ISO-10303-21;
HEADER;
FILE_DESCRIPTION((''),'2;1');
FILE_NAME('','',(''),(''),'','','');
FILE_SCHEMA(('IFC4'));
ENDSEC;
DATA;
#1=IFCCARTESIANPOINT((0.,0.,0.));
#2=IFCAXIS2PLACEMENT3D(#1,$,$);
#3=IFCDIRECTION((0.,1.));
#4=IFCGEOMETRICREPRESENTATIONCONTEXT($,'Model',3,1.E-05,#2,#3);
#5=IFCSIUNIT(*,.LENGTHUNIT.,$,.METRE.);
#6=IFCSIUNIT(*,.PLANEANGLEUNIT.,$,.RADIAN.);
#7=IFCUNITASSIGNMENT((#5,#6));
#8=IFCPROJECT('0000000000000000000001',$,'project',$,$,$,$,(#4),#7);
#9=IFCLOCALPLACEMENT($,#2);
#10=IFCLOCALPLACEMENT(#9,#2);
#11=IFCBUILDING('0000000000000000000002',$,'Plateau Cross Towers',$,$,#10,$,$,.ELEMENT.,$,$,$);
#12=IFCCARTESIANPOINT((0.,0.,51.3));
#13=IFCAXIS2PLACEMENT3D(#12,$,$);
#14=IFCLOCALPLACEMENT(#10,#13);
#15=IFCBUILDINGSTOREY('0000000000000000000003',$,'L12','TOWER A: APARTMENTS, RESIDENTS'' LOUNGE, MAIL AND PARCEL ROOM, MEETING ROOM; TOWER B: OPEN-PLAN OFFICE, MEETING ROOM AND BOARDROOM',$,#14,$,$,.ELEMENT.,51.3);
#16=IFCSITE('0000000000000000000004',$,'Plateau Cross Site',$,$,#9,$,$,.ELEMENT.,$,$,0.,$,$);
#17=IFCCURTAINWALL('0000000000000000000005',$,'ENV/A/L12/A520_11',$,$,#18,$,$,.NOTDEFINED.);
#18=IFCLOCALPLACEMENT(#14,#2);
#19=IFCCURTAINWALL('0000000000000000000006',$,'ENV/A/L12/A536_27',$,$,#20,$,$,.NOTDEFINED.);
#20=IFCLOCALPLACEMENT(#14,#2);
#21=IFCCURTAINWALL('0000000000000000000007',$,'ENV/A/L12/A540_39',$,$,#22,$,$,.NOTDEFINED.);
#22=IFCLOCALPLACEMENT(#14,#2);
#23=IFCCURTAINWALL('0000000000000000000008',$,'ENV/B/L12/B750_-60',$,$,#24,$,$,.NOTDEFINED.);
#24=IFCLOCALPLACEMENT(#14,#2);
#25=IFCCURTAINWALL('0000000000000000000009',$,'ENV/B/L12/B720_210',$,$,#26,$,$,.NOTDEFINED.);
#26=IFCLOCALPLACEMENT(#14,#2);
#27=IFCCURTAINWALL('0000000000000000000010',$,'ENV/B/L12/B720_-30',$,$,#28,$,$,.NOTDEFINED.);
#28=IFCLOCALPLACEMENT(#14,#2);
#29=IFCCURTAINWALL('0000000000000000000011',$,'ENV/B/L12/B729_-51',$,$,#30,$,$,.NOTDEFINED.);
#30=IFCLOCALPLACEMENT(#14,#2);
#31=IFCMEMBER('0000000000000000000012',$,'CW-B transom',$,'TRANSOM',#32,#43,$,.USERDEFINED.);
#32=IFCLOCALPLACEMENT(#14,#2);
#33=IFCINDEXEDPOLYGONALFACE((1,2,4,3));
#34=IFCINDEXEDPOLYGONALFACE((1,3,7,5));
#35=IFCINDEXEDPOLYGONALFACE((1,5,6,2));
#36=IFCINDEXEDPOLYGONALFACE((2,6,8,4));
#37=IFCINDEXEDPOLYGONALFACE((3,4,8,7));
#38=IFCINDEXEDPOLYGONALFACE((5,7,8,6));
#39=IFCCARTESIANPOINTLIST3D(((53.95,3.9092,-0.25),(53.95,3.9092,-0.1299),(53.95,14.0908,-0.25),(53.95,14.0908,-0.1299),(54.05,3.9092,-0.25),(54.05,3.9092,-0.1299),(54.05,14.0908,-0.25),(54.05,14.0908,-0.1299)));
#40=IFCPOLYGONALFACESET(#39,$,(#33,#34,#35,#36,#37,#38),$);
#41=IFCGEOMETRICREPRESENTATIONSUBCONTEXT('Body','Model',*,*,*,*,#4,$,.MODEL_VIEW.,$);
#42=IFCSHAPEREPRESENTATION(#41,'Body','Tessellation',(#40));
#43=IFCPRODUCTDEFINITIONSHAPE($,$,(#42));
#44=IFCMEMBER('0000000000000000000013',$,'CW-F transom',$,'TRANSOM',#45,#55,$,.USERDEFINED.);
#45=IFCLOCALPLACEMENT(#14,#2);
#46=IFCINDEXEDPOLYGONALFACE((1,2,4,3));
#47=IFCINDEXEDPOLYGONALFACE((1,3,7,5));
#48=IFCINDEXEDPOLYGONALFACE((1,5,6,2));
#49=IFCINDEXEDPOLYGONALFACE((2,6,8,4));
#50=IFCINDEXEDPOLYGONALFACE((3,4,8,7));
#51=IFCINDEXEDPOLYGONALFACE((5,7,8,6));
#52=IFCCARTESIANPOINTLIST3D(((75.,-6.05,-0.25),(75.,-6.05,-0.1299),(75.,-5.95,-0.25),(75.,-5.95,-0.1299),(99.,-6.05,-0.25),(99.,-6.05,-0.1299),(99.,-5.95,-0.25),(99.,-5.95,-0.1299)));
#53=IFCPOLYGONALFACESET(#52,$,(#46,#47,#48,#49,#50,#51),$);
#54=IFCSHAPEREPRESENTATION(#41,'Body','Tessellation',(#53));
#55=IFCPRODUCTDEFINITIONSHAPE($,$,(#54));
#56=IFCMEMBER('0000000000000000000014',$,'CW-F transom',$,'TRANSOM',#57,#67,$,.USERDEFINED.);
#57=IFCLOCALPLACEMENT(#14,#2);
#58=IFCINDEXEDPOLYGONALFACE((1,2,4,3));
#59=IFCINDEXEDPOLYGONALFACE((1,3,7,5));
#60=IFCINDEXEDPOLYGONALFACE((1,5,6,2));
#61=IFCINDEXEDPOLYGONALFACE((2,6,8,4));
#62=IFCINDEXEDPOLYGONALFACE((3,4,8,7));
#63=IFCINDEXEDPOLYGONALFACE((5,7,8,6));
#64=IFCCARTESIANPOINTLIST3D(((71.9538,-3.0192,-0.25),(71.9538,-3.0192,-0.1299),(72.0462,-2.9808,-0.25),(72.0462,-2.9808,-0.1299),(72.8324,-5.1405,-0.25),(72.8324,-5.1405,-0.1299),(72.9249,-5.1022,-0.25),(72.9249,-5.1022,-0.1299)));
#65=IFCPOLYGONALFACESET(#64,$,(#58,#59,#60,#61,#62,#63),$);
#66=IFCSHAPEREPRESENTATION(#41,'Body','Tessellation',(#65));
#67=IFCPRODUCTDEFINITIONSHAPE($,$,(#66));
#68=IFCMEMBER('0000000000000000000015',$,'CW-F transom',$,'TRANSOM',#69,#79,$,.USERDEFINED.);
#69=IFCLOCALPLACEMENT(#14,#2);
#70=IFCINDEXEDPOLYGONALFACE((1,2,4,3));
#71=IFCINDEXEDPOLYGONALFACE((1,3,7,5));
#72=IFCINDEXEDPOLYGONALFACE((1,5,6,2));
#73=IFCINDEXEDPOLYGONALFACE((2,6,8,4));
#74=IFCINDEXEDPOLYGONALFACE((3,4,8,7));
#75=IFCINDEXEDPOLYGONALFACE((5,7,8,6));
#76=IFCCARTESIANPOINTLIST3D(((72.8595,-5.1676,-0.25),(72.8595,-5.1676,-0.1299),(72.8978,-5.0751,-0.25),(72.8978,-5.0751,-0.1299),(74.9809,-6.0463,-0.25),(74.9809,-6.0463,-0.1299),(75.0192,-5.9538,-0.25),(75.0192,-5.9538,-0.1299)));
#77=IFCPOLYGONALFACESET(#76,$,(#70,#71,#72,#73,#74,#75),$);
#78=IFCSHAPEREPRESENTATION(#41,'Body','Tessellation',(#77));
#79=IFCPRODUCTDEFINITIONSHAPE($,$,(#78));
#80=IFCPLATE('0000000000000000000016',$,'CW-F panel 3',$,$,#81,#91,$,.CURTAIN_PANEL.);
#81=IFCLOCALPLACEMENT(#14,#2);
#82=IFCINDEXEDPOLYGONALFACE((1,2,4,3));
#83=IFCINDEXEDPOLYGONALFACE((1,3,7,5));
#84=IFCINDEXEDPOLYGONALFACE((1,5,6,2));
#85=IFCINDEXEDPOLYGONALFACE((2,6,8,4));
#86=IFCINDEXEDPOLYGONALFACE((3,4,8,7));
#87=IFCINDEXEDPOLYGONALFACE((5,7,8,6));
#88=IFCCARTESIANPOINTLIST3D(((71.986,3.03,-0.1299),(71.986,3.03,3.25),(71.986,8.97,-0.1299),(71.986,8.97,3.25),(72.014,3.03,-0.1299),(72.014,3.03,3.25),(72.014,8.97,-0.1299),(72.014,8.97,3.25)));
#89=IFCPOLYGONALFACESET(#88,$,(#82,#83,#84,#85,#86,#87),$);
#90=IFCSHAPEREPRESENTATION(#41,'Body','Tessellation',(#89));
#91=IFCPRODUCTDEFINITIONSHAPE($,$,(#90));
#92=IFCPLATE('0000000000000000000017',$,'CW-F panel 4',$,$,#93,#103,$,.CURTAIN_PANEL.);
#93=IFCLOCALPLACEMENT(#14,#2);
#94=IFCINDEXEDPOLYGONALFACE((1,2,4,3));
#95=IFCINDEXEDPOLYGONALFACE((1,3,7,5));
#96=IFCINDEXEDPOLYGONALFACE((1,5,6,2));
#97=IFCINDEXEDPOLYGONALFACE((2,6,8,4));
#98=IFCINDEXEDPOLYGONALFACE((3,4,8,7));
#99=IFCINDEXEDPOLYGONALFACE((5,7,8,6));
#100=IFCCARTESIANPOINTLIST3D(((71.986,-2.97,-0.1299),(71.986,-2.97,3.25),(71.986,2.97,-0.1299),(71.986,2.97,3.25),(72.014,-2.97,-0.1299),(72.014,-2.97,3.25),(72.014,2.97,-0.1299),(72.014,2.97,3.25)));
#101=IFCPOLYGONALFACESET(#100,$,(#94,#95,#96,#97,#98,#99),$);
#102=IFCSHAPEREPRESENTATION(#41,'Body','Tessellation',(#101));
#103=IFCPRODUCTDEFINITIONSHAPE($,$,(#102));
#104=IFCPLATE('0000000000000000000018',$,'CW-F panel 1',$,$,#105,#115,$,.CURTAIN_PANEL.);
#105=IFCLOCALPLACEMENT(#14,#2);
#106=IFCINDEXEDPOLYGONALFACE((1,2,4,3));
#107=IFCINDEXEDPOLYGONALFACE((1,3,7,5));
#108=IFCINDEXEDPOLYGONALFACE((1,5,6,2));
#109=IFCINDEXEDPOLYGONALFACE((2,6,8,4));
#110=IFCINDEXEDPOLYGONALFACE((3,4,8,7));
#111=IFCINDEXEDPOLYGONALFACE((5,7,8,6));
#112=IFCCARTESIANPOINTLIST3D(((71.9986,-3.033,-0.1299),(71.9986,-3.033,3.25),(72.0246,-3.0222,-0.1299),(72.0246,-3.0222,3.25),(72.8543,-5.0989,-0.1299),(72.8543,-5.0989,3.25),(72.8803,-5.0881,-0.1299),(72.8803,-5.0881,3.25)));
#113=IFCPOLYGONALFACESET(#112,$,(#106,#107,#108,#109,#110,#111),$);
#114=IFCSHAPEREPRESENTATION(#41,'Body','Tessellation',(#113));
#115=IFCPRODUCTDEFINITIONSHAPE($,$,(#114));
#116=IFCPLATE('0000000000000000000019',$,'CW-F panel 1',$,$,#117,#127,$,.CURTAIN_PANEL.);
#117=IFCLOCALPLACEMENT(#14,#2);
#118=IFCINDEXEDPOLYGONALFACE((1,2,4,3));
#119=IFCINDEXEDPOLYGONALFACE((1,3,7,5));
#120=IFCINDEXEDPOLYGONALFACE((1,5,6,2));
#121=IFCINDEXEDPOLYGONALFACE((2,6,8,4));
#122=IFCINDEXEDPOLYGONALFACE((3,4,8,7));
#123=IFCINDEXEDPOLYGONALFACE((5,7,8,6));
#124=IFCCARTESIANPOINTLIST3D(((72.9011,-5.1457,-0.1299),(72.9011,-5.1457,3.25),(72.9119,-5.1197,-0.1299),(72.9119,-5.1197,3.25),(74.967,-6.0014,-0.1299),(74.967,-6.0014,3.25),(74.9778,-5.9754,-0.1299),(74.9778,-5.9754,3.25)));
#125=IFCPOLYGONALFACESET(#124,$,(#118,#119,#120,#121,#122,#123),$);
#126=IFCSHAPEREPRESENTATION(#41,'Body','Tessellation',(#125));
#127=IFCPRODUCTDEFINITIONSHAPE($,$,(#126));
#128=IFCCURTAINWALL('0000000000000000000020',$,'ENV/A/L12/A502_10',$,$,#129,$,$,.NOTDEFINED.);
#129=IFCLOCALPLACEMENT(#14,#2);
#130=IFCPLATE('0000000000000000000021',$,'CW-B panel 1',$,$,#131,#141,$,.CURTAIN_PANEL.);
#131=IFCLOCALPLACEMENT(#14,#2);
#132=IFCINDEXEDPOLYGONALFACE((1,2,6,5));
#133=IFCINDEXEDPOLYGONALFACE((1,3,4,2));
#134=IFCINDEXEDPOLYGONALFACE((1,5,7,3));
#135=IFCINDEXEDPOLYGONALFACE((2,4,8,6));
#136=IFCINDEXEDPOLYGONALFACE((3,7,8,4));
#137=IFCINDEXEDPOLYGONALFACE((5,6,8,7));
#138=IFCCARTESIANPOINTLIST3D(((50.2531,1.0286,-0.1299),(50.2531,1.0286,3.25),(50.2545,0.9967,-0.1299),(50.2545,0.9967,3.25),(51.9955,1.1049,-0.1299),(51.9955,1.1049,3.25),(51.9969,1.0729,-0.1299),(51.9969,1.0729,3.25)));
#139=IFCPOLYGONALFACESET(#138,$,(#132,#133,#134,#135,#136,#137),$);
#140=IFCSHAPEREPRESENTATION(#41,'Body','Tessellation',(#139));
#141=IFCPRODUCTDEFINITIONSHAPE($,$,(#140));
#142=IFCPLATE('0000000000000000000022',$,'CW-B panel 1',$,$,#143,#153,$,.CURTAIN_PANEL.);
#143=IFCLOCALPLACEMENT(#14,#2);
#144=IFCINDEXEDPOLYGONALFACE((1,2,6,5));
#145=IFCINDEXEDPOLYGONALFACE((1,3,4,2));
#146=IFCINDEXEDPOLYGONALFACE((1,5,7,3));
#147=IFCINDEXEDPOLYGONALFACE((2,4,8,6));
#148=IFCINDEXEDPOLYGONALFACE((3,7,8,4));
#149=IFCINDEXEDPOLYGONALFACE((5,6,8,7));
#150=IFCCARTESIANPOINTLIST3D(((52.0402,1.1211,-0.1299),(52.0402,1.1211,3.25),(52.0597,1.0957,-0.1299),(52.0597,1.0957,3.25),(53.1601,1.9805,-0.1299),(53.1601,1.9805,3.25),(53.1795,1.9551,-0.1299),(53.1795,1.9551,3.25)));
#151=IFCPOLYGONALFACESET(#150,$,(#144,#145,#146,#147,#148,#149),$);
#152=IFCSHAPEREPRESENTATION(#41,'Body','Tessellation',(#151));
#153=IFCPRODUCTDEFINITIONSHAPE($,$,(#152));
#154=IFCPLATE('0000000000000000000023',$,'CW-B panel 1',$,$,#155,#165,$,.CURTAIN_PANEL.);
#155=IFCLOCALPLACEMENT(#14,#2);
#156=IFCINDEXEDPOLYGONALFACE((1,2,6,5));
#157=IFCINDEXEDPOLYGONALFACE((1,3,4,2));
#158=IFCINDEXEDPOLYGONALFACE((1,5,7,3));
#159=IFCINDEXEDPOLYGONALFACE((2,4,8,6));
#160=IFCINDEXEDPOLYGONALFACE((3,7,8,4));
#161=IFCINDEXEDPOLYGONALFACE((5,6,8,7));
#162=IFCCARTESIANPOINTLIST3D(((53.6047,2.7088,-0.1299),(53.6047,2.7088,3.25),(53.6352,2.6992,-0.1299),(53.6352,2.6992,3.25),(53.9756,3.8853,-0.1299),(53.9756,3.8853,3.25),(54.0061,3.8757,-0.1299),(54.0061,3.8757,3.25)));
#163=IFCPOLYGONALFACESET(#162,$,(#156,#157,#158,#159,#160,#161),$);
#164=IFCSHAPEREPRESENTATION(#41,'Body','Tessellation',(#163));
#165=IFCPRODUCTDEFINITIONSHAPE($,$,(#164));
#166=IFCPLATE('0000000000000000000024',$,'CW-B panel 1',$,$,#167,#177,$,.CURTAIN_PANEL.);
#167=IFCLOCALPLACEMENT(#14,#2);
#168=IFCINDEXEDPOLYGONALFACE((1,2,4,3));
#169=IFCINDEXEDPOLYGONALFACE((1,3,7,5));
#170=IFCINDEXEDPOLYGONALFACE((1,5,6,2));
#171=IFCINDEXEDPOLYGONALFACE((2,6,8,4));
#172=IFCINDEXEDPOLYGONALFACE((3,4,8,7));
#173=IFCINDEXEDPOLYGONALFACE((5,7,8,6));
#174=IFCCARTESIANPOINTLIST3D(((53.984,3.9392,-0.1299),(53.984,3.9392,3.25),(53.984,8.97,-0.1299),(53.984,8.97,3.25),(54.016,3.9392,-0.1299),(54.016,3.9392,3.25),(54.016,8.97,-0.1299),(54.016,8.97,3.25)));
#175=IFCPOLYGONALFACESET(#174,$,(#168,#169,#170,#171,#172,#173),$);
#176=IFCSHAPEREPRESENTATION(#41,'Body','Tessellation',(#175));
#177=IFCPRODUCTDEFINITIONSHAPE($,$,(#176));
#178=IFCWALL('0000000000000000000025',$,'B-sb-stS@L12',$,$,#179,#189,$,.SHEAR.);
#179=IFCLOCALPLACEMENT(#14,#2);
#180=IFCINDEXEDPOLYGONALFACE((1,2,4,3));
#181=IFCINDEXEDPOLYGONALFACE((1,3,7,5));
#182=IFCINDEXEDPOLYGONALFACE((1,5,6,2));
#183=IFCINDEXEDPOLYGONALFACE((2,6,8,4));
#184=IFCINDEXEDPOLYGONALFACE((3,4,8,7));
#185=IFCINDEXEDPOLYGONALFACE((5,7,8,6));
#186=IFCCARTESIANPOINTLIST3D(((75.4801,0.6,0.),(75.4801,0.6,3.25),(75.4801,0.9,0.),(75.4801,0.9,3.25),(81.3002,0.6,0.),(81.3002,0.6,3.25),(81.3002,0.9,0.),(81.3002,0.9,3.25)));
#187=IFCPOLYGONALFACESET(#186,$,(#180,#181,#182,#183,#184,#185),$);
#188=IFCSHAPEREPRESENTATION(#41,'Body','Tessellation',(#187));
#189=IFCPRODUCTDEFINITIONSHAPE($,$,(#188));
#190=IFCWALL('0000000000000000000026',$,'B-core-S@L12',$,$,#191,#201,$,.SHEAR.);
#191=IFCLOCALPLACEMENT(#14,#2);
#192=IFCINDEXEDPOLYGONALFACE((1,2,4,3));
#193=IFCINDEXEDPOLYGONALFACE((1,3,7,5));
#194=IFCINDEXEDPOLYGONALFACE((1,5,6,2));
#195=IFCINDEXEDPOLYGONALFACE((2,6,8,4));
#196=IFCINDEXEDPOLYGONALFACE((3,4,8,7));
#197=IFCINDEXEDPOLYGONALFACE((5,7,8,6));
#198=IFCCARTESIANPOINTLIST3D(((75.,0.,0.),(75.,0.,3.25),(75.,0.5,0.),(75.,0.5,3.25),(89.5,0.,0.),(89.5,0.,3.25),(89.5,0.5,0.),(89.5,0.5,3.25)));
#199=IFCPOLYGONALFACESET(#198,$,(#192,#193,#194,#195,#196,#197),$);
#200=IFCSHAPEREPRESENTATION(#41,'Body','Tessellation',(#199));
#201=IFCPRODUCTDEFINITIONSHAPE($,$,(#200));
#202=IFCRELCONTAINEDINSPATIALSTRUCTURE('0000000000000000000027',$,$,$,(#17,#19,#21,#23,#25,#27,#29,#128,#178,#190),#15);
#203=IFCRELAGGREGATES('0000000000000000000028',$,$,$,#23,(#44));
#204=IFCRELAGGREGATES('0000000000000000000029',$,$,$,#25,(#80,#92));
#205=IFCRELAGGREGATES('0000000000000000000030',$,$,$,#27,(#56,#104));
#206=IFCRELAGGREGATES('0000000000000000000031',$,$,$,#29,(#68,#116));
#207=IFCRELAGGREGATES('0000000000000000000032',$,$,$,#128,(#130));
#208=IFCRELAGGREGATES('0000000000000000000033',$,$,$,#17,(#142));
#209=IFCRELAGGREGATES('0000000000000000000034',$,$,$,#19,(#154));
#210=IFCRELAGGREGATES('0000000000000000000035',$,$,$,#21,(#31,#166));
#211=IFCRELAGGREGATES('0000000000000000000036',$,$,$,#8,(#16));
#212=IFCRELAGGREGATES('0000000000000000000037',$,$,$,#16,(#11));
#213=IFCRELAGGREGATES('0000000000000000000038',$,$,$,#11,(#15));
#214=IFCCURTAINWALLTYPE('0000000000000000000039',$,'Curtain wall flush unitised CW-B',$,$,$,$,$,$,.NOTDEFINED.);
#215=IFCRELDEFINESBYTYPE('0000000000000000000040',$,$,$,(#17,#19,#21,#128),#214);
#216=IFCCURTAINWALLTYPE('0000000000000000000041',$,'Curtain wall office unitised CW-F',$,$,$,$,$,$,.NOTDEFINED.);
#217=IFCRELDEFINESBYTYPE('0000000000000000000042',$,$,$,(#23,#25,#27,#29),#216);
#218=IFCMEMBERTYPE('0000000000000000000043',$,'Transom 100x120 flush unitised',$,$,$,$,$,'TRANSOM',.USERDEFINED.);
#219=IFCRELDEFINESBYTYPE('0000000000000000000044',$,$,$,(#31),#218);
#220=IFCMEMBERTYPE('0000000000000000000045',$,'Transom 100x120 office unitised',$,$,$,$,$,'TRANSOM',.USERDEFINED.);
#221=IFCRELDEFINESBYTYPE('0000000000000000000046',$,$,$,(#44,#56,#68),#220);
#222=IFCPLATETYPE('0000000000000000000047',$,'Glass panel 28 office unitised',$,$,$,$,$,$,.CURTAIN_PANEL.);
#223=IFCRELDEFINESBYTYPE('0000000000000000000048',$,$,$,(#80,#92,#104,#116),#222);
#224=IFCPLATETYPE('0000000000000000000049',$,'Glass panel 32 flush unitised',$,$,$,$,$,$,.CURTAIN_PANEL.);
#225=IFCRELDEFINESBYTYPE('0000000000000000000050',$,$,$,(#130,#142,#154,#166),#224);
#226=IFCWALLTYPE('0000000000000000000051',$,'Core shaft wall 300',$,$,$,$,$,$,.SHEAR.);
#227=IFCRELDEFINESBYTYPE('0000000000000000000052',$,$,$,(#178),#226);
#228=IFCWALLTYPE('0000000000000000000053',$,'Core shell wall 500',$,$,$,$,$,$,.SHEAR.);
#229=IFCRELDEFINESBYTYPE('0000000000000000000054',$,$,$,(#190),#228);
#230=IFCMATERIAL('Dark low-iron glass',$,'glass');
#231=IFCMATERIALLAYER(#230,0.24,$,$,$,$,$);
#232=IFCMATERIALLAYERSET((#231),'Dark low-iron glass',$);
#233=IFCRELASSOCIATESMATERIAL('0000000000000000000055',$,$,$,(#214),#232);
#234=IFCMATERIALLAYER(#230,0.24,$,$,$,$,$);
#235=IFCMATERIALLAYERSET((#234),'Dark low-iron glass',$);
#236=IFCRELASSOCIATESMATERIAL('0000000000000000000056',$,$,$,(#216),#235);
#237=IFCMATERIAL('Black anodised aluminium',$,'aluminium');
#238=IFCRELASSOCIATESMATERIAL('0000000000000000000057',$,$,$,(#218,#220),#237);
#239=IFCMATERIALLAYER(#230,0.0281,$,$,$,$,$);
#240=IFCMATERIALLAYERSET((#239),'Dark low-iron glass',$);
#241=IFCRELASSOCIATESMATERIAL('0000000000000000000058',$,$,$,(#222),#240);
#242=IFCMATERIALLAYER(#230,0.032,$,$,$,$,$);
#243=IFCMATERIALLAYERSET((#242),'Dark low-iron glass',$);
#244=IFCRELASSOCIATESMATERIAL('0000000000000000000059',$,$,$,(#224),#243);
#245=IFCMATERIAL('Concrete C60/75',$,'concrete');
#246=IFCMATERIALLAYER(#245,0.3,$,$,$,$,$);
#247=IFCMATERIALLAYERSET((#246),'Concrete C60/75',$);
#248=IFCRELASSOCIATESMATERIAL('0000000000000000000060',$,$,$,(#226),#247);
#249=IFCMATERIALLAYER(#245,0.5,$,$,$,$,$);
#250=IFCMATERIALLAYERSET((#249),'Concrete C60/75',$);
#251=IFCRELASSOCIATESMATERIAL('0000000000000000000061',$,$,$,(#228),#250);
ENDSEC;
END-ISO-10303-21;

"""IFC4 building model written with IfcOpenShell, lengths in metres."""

from ifc_helpers import new_model, si_unit, direction, frame, frame_2d, origin, origin_2d, place, context, subcontext, project, spatial, rectangle, extrude, material, layer, layer_set, material_profile, profile_set, type_object, element, aggregate, save


model = new_model("IFC4")

# Units and contexts
model_context = context("Model", 3, precision=1e-05, world=origin(), true_north=direction((0.0, 1.0)))
body_context = subcontext(model_context, "Body", "Model", "MODEL_VIEW")
ifc_project = project(units=[si_unit("LENGTHUNIT", "METRE"), si_unit("PLANEANGLEUNIT", "RADIAN")], contexts=[model_context])

# Site, building, storey
site_placement = place(None, origin())
site = spatial("IfcSite", under=ifc_project, at=site_placement, Name="Plateau Cross Site", CompositionType="ELEMENT", RefElevation=0.0)
building_placement = place(site_placement, origin())
building = spatial("IfcBuilding", under=site, at=building_placement, Name="Plateau Cross Towers", CompositionType="ELEMENT")
storey_placement = place(building_placement, frame((0.0, 0.0, 51.3)))
storey = spatial("IfcBuildingStorey", under=building, at=storey_placement, Name="L12", Description="TOWER A: APARTMENTS, RESIDENTS' LOUNGE, MAIL AND PARCEL ROOM, MEETING ROOM; TOWER B: OPEN-PLAN OFFICE, MEETING ROOM AND BOARDROOM", CompositionType="ELEMENT", Elevation=51.3)

# Shared definitions
ifc_material_1 = material(Name="Concrete C60/75", Category="concrete")

# Curtain wall
ifc_material_2 = material(Name="Dark low-iron glass", Category="glass")
ifc_layer_1 = layer(ifc_material_2, 0.24)
ifc_layer_set_1 = layer_set([ifc_layer_1], Name="Dark low-iron glass")
curtain_wall_type_1 = type_object("IfcCurtainWallType", Name="Curtain wall flush unitised CW-B", PredefinedType="NOTDEFINED", material=ifc_layer_set_1)
curtain_wall_1_placement = place(storey_placement, origin())
curtain_wall_1 = element("IfcCurtainWall", 1, at=curtain_wall_1_placement, inside=storey, type_object=curtain_wall_type_1, Name="ENV/A/L12/A520_11", PredefinedType="NOTDEFINED")
ifc_material_3 = material(Name="Black anodised aluminium", Category="aluminium")

# Curtain walls
curtain_wall_2_placement = place(storey_placement, origin())
curtain_wall_2 = element("IfcCurtainWall", 2, at=curtain_wall_2_placement, inside=storey, type_object=curtain_wall_type_1, Name="ENV/A/L12/A536_27", PredefinedType="NOTDEFINED")
curtain_wall_3_placement = place(storey_placement, origin())
curtain_wall_3 = element("IfcCurtainWall", 3, at=curtain_wall_3_placement, inside=storey, type_object=curtain_wall_type_1, Name="ENV/A/L12/A540_39", PredefinedType="NOTDEFINED")
ifc_layer_2 = layer(ifc_material_2, 0.24)
ifc_layer_set_2 = layer_set([ifc_layer_2], Name="Dark low-iron glass")
curtain_wall_type_2 = type_object("IfcCurtainWallType", Name="Curtain wall office unitised CW-F", PredefinedType="NOTDEFINED", material=ifc_layer_set_2)
curtain_wall_4_placement = place(storey_placement, origin())
curtain_wall_4 = element("IfcCurtainWall", 4, at=curtain_wall_4_placement, inside=storey, type_object=curtain_wall_type_2, Name="ENV/B/L12/B750_-60", PredefinedType="NOTDEFINED")
curtain_wall_5_placement = place(storey_placement, origin())
curtain_wall_5 = element("IfcCurtainWall", 5, at=curtain_wall_5_placement, inside=storey, type_object=curtain_wall_type_2, Name="ENV/B/L12/B720_210", PredefinedType="NOTDEFINED")
curtain_wall_6_placement = place(storey_placement, origin())
curtain_wall_6 = element("IfcCurtainWall", 6, at=curtain_wall_6_placement, inside=storey, type_object=curtain_wall_type_2, Name="ENV/B/L12/B720_-30", PredefinedType="NOTDEFINED")
curtain_wall_7_placement = place(storey_placement, origin())
curtain_wall_7 = element("IfcCurtainWall", 7, at=curtain_wall_7_placement, inside=storey, type_object=curtain_wall_type_2, Name="ENV/B/L12/B729_-51", PredefinedType="NOTDEFINED")

# Members
ifc_material_profile_1 = material_profile(ifc_material_3, rectangle(XDim=0.1001, YDim=0.1201, at=origin_2d()), Name="TRANSOM 100x120")
ifc_profile_set_1 = profile_set([ifc_material_profile_1], Name="Black anodised aluminium")
member_type_1 = type_object("IfcMemberType", Name="Transom 100x120 flush unitised", ElementType="TRANSOM", PredefinedType="USERDEFINED", material=ifc_profile_set_1)
member_1_placement = place(storey_placement, frame((54.0, 3.9092, -0.1899), z_axis=(0.0, 1.0, 0.0), x_axis=(-1.0, 0.0, 0.0)))
member_1 = element("IfcMember", 8, at=member_1_placement, type_object=member_type_1, Name="CW-B transom", ObjectType="TRANSOM", PredefinedType="USERDEFINED", context=body_context, shape_type="SweptSolid", body=[
    extrude(rectangle(XDim=0.1001, YDim=0.1201, at=origin_2d()), origin(), (0.0, 0.0, 1.0), 10.1816),
])
ifc_material_profile_2 = material_profile(ifc_material_3, rectangle(XDim=0.1001, YDim=0.1201, at=origin_2d()), Name="TRANSOM 100x120")
ifc_profile_set_2 = profile_set([ifc_material_profile_2], Name="Black anodised aluminium")
member_type_2 = type_object("IfcMemberType", Name="Transom 100x120 office unitised", ElementType="TRANSOM", PredefinedType="USERDEFINED", material=ifc_profile_set_2)
member_2_placement = place(storey_placement, frame((75.0, -6.0, -0.1899), z_axis=(1.0, 0.0, 0.0), x_axis=(0.0, 1.0, 0.0)))
member_2 = element("IfcMember", 9, at=member_2_placement, type_object=member_type_2, Name="CW-F transom", ObjectType="TRANSOM", PredefinedType="USERDEFINED", context=body_context, shape_type="SweptSolid", body=[
    extrude(rectangle(XDim=0.1001, YDim=0.1201, at=origin_2d()), origin(), (0.0, 0.0, 1.0), 24.0),
])
aggregate(curtain_wall_4, [member_2])
member_3_placement = place(storey_placement, frame((72.0, -3.0, -0.1899), z_axis=(0.382674, -0.923883, 0.0), x_axis=(0.923883, 0.382674, 0.0)))
member_3 = element("IfcMember", 10, at=member_3_placement, type_object=member_type_2, Name="CW-F transom", ObjectType="TRANSOM", PredefinedType="USERDEFINED", context=body_context, shape_type="SweptSolid", body=[
    extrude(rectangle(XDim=0.1001, YDim=0.1201, at=origin_2d()), origin(), (0.0, 0.0, 1.0), 2.2961),
])
member_4_placement = place(storey_placement, frame((72.8787, -5.1213, -0.1899), z_axis=(0.923883, -0.382674, 0.0), x_axis=(0.382674, 0.923883, 0.0)))
member_4 = element("IfcMember", 11, at=member_4_placement, type_object=member_type_2, Name="CW-F transom", ObjectType="TRANSOM", PredefinedType="USERDEFINED", context=body_context, shape_type="SweptSolid", body=[
    extrude(rectangle(XDim=0.1001, YDim=0.1201, at=origin_2d()), origin(), (0.0, 0.0, 1.0), 2.2961),
])

# Plates
ifc_layer_3 = layer(ifc_material_2, 0.0281)
ifc_layer_set_3 = layer_set([ifc_layer_3], Name="Dark low-iron glass")
plate_type_1 = type_object("IfcPlateType", Name="Glass panel 28 office unitised", PredefinedType="CURTAIN_PANEL", material=ifc_layer_set_3)
plate_1_placement = place(storey_placement, frame((72.0, 6.0, -0.1299), z_axis=(0.0, 0.0, 1.0), x_axis=(0.0, -1.0, 0.0)))
plate_1 = element("IfcPlate", 12, at=plate_1_placement, type_object=plate_type_1, Name="CW-F panel 3", PredefinedType="CURTAIN_PANEL", context=body_context, shape_type="SweptSolid", body=[
    extrude(rectangle(XDim=5.9399, YDim=0.0281, at=origin_2d()), origin(), (0.0, 0.0, 1.0), 3.3799),
])
plate_2_placement = place(storey_placement, frame((72.0, 0.0, -0.1299), z_axis=(0.0, 0.0, 1.0), x_axis=(0.0, -1.0, 0.0)))
plate_2 = element("IfcPlate", 13, at=plate_2_placement, type_object=plate_type_1, Name="CW-F panel 4", PredefinedType="CURTAIN_PANEL", context=body_context, shape_type="SweptSolid", body=[
    extrude(rectangle(XDim=5.9399, YDim=0.0281, at=origin_2d()), origin(), (0.0, 0.0, 1.0), 3.3799),
])
aggregate(curtain_wall_5, [plate_1, plate_2])
plate_3_placement = place(storey_placement, frame((72.4395, -4.0605, -0.1299), z_axis=(0.0, 0.0, 1.0), x_axis=(0.382684, -0.923879, 0.0)))
plate_3 = element("IfcPlate", 14, at=plate_3_placement, type_object=plate_type_1, Name="CW-F panel 1", PredefinedType="CURTAIN_PANEL", context=body_context, shape_type="SweptSolid", body=[
    extrude(rectangle(XDim=2.2361, YDim=0.0281, at=origin_2d()), origin(), (0.0, 0.0, 1.0), 3.3799),
])
aggregate(curtain_wall_6, [member_3, plate_3])
plate_4_placement = place(storey_placement, frame((73.9395, -5.5605, -0.1299), z_axis=(0.0, 0.0, 1.0), x_axis=(0.923879, -0.382684, 0.0)))
plate_4 = element("IfcPlate", 15, at=plate_4_placement, type_object=plate_type_1, Name="CW-F panel 1", PredefinedType="CURTAIN_PANEL", context=body_context, shape_type="SweptSolid", body=[
    extrude(rectangle(XDim=2.2361, YDim=0.0281, at=origin_2d()), origin(), (0.0, 0.0, 1.0), 3.3799),
])
aggregate(curtain_wall_7, [member_4, plate_4])

# Curtain wall, plate
curtain_wall_8_placement = place(storey_placement, origin())
curtain_wall_8 = element("IfcCurtainWall", 16, at=curtain_wall_8_placement, inside=storey, type_object=curtain_wall_type_1, Name="ENV/A/L12/A502_10", PredefinedType="NOTDEFINED")
ifc_layer_4 = layer(ifc_material_2, 0.032)
ifc_layer_set_4 = layer_set([ifc_layer_4], Name="Dark low-iron glass")
plate_type_2 = type_object("IfcPlateType", Name="Glass panel 32 flush unitised", PredefinedType="CURTAIN_PANEL", material=ifc_layer_set_4)
plate_5_placement = place(storey_placement, frame((51.125, 1.0508, -0.1299), z_axis=(0.0, 0.0, 1.0), x_axis=(0.999044, 0.043723, 0.0)))
plate_5 = element("IfcPlate", 17, at=plate_5_placement, type_object=plate_type_2, Name="CW-B panel 1", PredefinedType="CURTAIN_PANEL", context=body_context, shape_type="SweptSolid", body=[
    extrude(rectangle(XDim=1.7441, YDim=0.032, at=origin_2d()), origin(), (0.0, 0.0, 1.0), 3.3799),
])
aggregate(curtain_wall_8, [plate_5])

# Plates
plate_6_placement = place(storey_placement, frame((52.6099, 1.5381, -0.1299), z_axis=(0.0, 0.0, 1.0), x_axis=(0.793316, 0.608811, 0.0)))
plate_6 = element("IfcPlate", 18, at=plate_6_placement, type_object=plate_type_2, Name="CW-B panel 1", PredefinedType="CURTAIN_PANEL", context=body_context, shape_type="SweptSolid", body=[
    extrude(rectangle(XDim=1.4116, YDim=0.032, at=origin_2d()), origin(), (0.0, 0.0, 1.0), 3.3799),
])
aggregate(curtain_wall_1, [plate_6])
plate_7_placement = place(storey_placement, frame((53.8054, 3.2922, -0.1299), z_axis=(0.0, 0.0, 1.0), x_axis=(0.300686, 0.953723, 0.0)))
plate_7 = element("IfcPlate", 19, at=plate_7_placement, type_object=plate_type_2, Name="CW-B panel 1", PredefinedType="CURTAIN_PANEL", context=body_context, shape_type="SweptSolid", body=[
    extrude(rectangle(XDim=1.2336, YDim=0.032, at=origin_2d()), origin(), (0.0, 0.0, 1.0), 3.3799),
])
aggregate(curtain_wall_2, [plate_7])
plate_8_placement = place(storey_placement, frame((54.0, 6.4546, -0.1299), z_axis=(0.0, 0.0, 1.0), x_axis=(0.0, 1.0, 0.0)))
plate_8 = element("IfcPlate", 20, at=plate_8_placement, type_object=plate_type_2, Name="CW-B panel 1", PredefinedType="CURTAIN_PANEL", context=body_context, shape_type="SweptSolid", body=[
    extrude(rectangle(XDim=5.0308, YDim=0.032, at=origin_2d()), origin(), (0.0, 0.0, 1.0), 3.3799),
])
aggregate(curtain_wall_3, [member_1, plate_8])

# Walls
ifc_layer_5 = layer(ifc_material_1, 0.3)
ifc_layer_set_5 = layer_set([ifc_layer_5], Name="Concrete C60/75")
wall_type_1 = type_object("IfcWallType", Name="Core shaft wall 300", PredefinedType="SHEAR", material=ifc_layer_set_5)
wall_1_placement = place(storey_placement, frame((75.48, 0.75, 0.0), z_axis=(0.0, 0.0, 1.0), x_axis=(1.0, 0.0, 0.0)))
element("IfcWall", 21, at=wall_1_placement, inside=storey, type_object=wall_type_1, Name="B-sb-stS@L12", PredefinedType="SHEAR", context=body_context, shape_type="SweptSolid", body=[
    extrude(rectangle(XDim=5.8201, YDim=0.3, at=frame_2d((2.9102, 0.0))), origin(), (0.0, 0.0, 1.0), 3.25),
])
ifc_layer_6 = layer(ifc_material_1, 0.5)
ifc_layer_set_6 = layer_set([ifc_layer_6], Name="Concrete C60/75")
wall_type_2 = type_object("IfcWallType", Name="Core shell wall 500", PredefinedType="SHEAR", material=ifc_layer_set_6)
wall_2_placement = place(storey_placement, frame((75.0, 0.25, 0.0), z_axis=(0.0, 0.0, 1.0), x_axis=(1.0, 0.0, 0.0)))
element("IfcWall", 22, at=wall_2_placement, inside=storey, type_object=wall_type_2, Name="B-core-S@L12", PredefinedType="SHEAR", context=body_context, shape_type="SweptSolid", body=[
    extrude(rectangle(XDim=14.5, YDim=0.5, at=frame_2d((7.25, 0.0))), origin(), (0.0, 0.0, 1.0), 3.25),
])

save(model, "model.ifc")
